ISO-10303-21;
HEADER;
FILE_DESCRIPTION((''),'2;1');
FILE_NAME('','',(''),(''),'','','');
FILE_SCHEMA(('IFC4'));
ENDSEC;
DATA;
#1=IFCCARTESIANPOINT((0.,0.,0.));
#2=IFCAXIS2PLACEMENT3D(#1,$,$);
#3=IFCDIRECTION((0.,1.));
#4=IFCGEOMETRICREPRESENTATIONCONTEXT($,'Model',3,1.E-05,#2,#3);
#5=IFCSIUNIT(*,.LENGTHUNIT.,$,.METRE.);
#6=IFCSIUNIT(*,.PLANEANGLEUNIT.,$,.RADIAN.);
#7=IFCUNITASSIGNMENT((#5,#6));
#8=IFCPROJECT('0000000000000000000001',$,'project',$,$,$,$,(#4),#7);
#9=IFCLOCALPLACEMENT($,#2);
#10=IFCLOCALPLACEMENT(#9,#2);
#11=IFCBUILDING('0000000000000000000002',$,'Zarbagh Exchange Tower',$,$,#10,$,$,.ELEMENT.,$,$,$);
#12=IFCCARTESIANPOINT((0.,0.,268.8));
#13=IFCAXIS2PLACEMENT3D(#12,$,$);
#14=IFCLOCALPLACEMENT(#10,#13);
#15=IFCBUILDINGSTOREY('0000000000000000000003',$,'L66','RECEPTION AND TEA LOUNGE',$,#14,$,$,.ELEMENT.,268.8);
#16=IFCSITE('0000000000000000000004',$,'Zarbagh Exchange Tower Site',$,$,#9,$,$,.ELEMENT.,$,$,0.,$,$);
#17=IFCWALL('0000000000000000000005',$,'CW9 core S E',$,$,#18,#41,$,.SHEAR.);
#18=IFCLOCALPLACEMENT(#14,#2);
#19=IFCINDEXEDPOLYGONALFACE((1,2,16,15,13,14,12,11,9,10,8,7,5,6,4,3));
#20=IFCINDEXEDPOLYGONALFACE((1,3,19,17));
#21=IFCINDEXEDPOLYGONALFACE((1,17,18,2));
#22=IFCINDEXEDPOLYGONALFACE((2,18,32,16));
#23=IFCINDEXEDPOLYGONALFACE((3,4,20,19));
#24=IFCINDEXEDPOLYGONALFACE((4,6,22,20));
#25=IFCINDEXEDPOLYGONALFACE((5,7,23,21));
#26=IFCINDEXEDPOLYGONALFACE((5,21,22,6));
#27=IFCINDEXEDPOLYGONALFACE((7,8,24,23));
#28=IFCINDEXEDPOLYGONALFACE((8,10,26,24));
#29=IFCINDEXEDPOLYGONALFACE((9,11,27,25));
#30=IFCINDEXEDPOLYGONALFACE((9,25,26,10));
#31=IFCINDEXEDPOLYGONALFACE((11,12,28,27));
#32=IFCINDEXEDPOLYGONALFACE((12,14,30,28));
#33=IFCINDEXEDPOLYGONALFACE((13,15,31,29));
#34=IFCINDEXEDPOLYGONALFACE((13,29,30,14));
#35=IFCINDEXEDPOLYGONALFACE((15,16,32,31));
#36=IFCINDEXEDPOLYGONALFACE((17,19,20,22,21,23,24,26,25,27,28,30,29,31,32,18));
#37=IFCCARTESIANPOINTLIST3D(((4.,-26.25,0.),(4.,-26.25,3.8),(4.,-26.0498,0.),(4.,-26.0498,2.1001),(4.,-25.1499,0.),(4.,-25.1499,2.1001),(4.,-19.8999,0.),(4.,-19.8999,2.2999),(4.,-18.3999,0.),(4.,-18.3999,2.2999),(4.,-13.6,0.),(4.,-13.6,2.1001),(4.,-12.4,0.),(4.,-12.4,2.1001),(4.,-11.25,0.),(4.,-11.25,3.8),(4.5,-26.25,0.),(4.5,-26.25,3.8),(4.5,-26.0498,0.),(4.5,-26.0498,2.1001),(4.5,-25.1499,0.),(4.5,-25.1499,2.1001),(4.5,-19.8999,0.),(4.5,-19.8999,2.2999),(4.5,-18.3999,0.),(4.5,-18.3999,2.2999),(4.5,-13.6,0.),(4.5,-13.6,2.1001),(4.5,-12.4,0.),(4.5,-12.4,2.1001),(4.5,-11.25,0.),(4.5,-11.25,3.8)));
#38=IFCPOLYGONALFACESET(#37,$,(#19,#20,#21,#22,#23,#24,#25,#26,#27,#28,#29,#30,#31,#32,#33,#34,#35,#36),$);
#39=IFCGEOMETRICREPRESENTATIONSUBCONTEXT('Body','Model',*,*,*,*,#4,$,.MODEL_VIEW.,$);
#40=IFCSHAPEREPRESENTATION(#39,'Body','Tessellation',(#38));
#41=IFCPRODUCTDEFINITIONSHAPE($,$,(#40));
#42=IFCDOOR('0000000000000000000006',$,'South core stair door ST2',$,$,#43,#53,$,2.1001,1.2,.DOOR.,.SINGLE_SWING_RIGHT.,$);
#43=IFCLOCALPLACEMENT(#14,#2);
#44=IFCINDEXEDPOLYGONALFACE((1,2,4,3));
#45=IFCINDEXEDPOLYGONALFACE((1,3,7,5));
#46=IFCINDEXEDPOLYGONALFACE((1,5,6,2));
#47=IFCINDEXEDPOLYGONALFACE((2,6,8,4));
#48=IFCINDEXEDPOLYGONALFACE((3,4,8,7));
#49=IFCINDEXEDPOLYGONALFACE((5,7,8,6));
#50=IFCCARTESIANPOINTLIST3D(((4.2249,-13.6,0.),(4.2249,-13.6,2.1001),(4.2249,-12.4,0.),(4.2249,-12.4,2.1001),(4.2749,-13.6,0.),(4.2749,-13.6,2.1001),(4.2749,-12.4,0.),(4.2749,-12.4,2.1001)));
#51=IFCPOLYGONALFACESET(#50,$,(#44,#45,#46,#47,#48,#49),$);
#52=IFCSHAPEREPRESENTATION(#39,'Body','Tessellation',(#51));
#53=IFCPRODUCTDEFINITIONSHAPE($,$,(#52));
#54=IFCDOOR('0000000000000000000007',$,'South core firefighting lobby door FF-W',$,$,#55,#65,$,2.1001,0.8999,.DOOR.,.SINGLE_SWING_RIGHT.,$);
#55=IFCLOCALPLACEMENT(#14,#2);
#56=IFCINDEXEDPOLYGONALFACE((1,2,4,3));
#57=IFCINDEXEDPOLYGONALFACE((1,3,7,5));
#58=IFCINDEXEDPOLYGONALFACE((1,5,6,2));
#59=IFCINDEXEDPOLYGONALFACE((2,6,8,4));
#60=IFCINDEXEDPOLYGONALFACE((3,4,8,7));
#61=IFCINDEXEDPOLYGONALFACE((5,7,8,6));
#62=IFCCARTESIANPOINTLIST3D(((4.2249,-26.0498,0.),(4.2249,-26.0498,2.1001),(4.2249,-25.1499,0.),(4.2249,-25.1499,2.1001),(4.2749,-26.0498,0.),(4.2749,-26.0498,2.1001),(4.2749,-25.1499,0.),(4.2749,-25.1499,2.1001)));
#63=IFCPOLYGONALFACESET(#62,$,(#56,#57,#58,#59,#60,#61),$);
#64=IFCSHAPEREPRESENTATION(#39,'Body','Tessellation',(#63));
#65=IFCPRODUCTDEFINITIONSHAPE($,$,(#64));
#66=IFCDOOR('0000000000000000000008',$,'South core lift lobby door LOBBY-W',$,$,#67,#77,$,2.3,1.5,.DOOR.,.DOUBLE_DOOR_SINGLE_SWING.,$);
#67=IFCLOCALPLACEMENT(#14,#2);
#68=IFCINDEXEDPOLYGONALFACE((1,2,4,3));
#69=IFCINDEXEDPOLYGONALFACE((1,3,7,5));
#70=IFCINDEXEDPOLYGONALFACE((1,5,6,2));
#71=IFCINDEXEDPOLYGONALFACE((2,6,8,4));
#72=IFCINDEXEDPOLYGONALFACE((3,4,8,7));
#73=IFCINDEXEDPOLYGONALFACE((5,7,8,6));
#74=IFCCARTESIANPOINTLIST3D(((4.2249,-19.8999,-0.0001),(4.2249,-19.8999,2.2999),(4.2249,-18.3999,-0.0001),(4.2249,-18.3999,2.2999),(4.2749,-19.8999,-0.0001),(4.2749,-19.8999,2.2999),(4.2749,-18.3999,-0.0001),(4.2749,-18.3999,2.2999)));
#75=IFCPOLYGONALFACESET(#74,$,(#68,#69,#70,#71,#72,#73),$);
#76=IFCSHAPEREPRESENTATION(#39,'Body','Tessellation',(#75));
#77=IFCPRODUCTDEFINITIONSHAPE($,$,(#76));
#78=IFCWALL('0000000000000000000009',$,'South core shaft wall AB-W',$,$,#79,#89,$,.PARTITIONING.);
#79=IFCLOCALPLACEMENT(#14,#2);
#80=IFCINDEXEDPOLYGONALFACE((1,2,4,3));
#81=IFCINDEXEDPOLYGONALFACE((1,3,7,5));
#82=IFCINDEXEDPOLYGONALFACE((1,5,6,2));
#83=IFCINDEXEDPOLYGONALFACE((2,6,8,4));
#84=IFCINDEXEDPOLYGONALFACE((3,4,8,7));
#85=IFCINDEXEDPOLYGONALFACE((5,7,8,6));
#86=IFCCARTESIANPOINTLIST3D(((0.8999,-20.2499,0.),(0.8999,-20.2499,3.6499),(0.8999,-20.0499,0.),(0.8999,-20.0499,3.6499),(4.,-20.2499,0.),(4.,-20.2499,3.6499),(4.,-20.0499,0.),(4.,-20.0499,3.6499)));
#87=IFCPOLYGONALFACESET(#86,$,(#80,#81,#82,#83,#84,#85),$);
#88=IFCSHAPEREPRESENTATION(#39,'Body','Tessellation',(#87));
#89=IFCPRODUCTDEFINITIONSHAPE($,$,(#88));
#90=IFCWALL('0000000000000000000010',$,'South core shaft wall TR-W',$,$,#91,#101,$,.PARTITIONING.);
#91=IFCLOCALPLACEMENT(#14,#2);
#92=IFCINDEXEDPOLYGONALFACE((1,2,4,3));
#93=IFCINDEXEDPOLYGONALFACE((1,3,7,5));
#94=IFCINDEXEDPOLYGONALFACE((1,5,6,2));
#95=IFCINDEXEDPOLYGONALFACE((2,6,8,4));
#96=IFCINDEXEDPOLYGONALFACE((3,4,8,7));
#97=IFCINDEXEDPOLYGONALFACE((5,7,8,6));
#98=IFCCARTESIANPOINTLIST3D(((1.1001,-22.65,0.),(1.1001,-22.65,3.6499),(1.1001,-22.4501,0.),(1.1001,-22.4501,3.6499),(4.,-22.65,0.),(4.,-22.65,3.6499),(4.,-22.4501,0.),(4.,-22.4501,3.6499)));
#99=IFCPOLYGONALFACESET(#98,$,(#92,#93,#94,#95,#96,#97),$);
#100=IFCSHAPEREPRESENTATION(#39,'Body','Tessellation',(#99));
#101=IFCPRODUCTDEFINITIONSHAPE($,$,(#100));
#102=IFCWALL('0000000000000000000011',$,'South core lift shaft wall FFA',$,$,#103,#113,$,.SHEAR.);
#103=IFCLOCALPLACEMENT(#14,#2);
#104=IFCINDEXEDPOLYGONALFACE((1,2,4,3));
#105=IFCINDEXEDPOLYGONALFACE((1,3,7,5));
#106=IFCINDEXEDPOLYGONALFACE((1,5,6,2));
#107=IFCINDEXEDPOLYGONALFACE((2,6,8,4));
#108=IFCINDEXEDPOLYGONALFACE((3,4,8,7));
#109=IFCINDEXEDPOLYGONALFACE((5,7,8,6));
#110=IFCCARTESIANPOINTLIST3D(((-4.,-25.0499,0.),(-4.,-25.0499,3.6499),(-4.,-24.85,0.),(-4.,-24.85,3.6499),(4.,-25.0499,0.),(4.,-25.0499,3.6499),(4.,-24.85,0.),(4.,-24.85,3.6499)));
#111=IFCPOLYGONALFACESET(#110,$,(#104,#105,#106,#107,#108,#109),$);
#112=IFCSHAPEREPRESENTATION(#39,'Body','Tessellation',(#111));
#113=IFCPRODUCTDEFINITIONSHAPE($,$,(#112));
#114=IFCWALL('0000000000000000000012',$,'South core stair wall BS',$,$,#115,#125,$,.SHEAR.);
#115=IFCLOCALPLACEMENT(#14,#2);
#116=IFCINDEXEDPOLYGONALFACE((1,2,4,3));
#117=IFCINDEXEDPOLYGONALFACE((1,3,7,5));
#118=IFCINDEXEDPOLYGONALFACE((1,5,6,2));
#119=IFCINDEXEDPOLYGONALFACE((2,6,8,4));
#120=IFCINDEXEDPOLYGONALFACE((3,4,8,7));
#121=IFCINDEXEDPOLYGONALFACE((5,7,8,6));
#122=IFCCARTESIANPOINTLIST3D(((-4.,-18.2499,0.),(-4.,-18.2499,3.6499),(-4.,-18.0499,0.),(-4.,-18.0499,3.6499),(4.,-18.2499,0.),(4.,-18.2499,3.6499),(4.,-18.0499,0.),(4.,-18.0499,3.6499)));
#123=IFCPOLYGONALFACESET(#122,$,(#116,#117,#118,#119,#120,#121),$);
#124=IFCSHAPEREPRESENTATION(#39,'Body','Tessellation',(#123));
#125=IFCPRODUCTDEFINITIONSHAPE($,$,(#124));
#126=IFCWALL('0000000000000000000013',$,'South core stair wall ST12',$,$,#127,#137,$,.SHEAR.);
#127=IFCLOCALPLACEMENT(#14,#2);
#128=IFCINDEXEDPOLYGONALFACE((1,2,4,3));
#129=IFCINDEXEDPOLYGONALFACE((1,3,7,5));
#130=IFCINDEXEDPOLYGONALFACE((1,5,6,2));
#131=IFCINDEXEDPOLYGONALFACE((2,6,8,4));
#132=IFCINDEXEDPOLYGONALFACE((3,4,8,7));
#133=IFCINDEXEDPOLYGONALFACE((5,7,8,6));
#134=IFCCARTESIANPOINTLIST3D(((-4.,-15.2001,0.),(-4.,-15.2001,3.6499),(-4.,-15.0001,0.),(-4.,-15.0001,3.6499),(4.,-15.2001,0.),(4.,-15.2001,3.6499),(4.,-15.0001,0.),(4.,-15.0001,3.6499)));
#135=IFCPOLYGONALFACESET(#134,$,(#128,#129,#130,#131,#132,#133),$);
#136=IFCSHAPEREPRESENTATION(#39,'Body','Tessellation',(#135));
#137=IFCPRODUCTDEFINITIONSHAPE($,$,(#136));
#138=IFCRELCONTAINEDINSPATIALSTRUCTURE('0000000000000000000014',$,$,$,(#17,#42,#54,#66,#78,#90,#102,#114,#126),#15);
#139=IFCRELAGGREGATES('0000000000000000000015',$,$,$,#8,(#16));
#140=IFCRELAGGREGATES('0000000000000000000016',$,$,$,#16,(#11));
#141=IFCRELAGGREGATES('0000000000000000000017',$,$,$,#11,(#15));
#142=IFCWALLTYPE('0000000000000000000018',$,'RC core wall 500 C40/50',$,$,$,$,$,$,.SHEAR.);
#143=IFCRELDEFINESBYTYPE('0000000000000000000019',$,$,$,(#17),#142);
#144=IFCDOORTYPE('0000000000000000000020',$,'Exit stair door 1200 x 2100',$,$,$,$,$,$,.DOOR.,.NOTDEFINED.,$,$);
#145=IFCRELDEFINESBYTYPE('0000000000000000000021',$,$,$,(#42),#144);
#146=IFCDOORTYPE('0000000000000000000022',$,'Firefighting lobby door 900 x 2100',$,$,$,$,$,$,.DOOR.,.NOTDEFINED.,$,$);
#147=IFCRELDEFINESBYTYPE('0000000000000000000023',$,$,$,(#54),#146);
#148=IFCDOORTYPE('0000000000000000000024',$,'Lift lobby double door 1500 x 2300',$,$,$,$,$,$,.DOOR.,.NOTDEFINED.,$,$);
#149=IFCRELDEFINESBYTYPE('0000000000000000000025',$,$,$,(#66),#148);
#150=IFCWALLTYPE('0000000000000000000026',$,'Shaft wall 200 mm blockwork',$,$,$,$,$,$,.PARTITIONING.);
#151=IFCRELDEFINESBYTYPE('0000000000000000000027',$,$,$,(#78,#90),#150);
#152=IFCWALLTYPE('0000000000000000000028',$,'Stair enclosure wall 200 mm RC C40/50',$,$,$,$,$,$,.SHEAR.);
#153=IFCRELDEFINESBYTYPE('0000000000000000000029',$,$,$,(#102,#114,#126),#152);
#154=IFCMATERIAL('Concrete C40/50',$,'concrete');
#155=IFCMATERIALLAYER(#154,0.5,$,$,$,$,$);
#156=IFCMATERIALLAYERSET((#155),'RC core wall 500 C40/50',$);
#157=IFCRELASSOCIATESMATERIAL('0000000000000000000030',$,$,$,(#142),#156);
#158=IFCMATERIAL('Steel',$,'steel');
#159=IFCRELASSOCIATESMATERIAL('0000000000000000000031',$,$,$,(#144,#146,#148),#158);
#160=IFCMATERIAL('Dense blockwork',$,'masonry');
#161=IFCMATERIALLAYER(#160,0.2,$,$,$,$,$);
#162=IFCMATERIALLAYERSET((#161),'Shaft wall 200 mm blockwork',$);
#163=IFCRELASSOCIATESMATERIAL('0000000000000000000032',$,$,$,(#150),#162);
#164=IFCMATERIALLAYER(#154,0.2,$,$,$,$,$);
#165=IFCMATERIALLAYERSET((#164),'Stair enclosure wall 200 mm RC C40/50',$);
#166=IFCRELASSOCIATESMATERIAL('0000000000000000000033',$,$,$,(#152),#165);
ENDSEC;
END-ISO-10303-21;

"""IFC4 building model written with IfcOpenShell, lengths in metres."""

from ifc_helpers import new_model, si_unit, direction, frame, frame_2d, origin, place, context, subcontext, project, spatial, rectangle, extrude, material, layer, layer_set, type_object, element, fill, save


model = new_model("IFC4")

# Units and contexts
model_context = context("Model", 3, precision=1e-05, world=origin(), true_north=direction((0.0, 1.0)))
body_context = subcontext(model_context, "Body", "Model", "MODEL_VIEW")
ifc_project = project(units=[si_unit("LENGTHUNIT", "METRE"), si_unit("PLANEANGLEUNIT", "RADIAN")], contexts=[model_context])

# Site, building, storey
site_placement = place(None, origin())
site = spatial("IfcSite", under=ifc_project, at=site_placement, Name="Zarbagh Exchange Tower Site", CompositionType="ELEMENT", RefElevation=0.0)
building_placement = place(site_placement, origin())
building = spatial("IfcBuilding", under=site, at=building_placement, Name="Zarbagh Exchange Tower", CompositionType="ELEMENT")
storey_placement = place(building_placement, frame((0.0, 0.0, 268.8)))
storey = spatial("IfcBuildingStorey", under=building, at=storey_placement, Name="L66", Description="RECEPTION AND TEA LOUNGE", CompositionType="ELEMENT", Elevation=268.8)

# Shared definitions
ifc_material_1 = material(Name="Concrete C40/50", Category="concrete")

# Wall, openings, doors
ifc_layer_1 = layer(ifc_material_1, 0.5)
ifc_layer_set_1 = layer_set([ifc_layer_1], Name="RC core wall 500 C40/50")
wall_type_1 = type_object("IfcWallType", Name="RC core wall 500 C40/50", PredefinedType="SHEAR", material=ifc_layer_set_1)
wall_1_placement = place(storey_placement, frame((4.25, -11.25, 0.0), z_axis=(0.0, 0.0, 1.0), x_axis=(0.0, -1.0, 0.0)))
wall_1 = element("IfcWall", 1, at=wall_1_placement, inside=storey, type_object=wall_type_1, Name="CW9 core S E", PredefinedType="SHEAR", context=body_context, shape_type="SweptSolid", body=[
    extrude(rectangle(XDim=15.0, YDim=0.5, at=frame_2d((7.5, 0.0))), origin(), (0.0, 0.0, 1.0), 3.8),
])
opening_1_placement = place(wall_1_placement, frame((7.1499, 0.0, 0.0)))
opening_1 = element("IfcOpeningElement", 2, at=opening_1_placement, cuts=wall_1, PredefinedType="OPENING", context=body_context, shape_type="SweptSolid", body=[
    extrude(rectangle(XDim=1.5, YDim=2.3, at=frame_2d((0.75, 1.1499))), frame((0.0, 0.26, 0.0), z_axis=(0.0, -1.0, 0.0), x_axis=(1.0, 0.0, 0.0)), (0.0, 0.0, 1.0), 0.52),
])
opening_2_placement = place(wall_1_placement, frame((13.8999, 0.0, 0.0)))
opening_2 = element("IfcOpeningElement", 3, at=opening_2_placement, cuts=wall_1, PredefinedType="OPENING", context=body_context, shape_type="SweptSolid", body=[
    extrude(rectangle(XDim=0.8999, YDim=2.1001, at=frame_2d((0.45, 1.05))), frame((0.0, 0.26, 0.0), z_axis=(0.0, -1.0, 0.0), x_axis=(1.0, 0.0, 0.0)), (0.0, 0.0, 1.0), 0.52),
])
opening_3_placement = place(wall_1_placement, frame((1.1499, 0.0, 0.0)))
opening_3 = element("IfcOpeningElement", 4, at=opening_3_placement, cuts=wall_1, PredefinedType="OPENING", context=body_context, shape_type="SweptSolid", body=[
    extrude(rectangle(XDim=1.2, YDim=2.1001, at=frame_2d((0.6001, 1.05))), frame((0.0, 0.26, 0.0), z_axis=(0.0, -1.0, 0.0), x_axis=(1.0, 0.0, 0.0)), (0.0, 0.0, 1.0), 0.52),
])
ifc_material_2 = material(Name="Steel", Category="steel")
door_type_1 = type_object("IfcDoorType", Name="Exit stair door 1200 x 2100", OperationType="NOTDEFINED", PredefinedType="DOOR", material=ifc_material_2)
door_1_placement = place(opening_3_placement, origin())
door_1 = element("IfcDoor", 5, at=door_1_placement, inside=storey, type_object=door_type_1, Name="South core stair door ST2", OperationType="SINGLE_SWING_RIGHT", OverallHeight=2.1001, OverallWidth=1.2, PredefinedType="DOOR", context=body_context, shape_type="SweptSolid", body=[
    extrude(rectangle(XDim=1.2, YDim=2.1001, at=frame_2d((0.6001, 1.05))), frame((0.0, 0.0249, 0.0), z_axis=(0.0, -1.0, 0.0), x_axis=(1.0, 0.0, 0.0)), (0.0, 0.0, 1.0), 0.05),
])
fill(opening_3, door_1)
door_type_2 = type_object("IfcDoorType", Name="Firefighting lobby door 900 x 2100", OperationType="NOTDEFINED", PredefinedType="DOOR", material=ifc_material_2)
door_2_placement = place(opening_2_placement, origin())
door_2 = element("IfcDoor", 6, at=door_2_placement, inside=storey, type_object=door_type_2, Name="South core firefighting lobby door FF-W", OperationType="SINGLE_SWING_RIGHT", OverallHeight=2.1001, OverallWidth=0.8999, PredefinedType="DOOR", context=body_context, shape_type="SweptSolid", body=[
    extrude(rectangle(XDim=0.8999, YDim=2.1001, at=frame_2d((0.45, 1.05))), frame((0.0, 0.0249, 0.0), z_axis=(0.0, -1.0, 0.0), x_axis=(1.0, 0.0, 0.0)), (0.0, 0.0, 1.0), 0.05),
])
fill(opening_2, door_2)
door_type_3 = type_object("IfcDoorType", Name="Lift lobby double door 1500 x 2300", OperationType="NOTDEFINED", PredefinedType="DOOR", material=ifc_material_2)
door_3_placement = place(opening_1_placement, origin())
door_3 = element("IfcDoor", 7, at=door_3_placement, inside=storey, type_object=door_type_3, Name="South core lift lobby door LOBBY-W", OperationType="DOUBLE_DOOR_SINGLE_SWING", OverallHeight=2.3, OverallWidth=1.5, PredefinedType="DOOR", context=body_context, shape_type="SweptSolid", body=[
    extrude(rectangle(XDim=1.5, YDim=2.3, at=frame_2d((0.75, 1.1499))), frame((0.0, 0.0249, 0.0), z_axis=(0.0, -1.0, 0.0), x_axis=(1.0, 0.0, 0.0)), (0.0, 0.0, 1.0), 0.05),
])
fill(opening_1, door_3)

# Walls
ifc_material_3 = material(Name="Dense blockwork", Category="masonry")
ifc_layer_2 = layer(ifc_material_3, 0.2)
ifc_layer_set_2 = layer_set([ifc_layer_2], Name="Shaft wall 200 mm blockwork")
wall_type_2 = type_object("IfcWallType", Name="Shaft wall 200 mm blockwork", PredefinedType="PARTITIONING", material=ifc_layer_set_2)
wall_2_placement = place(storey_placement, frame((4.0, -20.1499, 0.0), z_axis=(0.0, 0.0, 1.0), x_axis=(-1.0, 0.0, 0.0)))
element("IfcWall", 8, at=wall_2_placement, inside=storey, type_object=wall_type_2, Name="South core shaft wall AB-W", PredefinedType="PARTITIONING", context=body_context, shape_type="SweptSolid", body=[
    extrude(rectangle(XDim=3.1001, YDim=0.2, at=frame_2d((1.55, 0.0))), origin(), (0.0, 0.0, 1.0), 3.6499),
])
wall_3_placement = place(storey_placement, frame((4.0, -22.55, 0.0), z_axis=(0.0, 0.0, 1.0), x_axis=(-1.0, 0.0, 0.0)))
element("IfcWall", 9, at=wall_3_placement, inside=storey, type_object=wall_type_2, Name="South core shaft wall TR-W", PredefinedType="PARTITIONING", context=body_context, shape_type="SweptSolid", body=[
    extrude(rectangle(XDim=2.8999, YDim=0.2, at=frame_2d((1.45, 0.0))), origin(), (0.0, 0.0, 1.0), 3.6499),
])
ifc_layer_3 = layer(ifc_material_1, 0.2)
ifc_layer_set_3 = layer_set([ifc_layer_3], Name="Stair enclosure wall 200 mm RC C40/50")
wall_type_3 = type_object("IfcWallType", Name="Stair enclosure wall 200 mm RC C40/50", PredefinedType="SHEAR", material=ifc_layer_set_3)
for number, where, z_axis, x_axis, name in (
    (10, (4.0, -24.95, 0.0), (0.0, 0.0, 1.0), (-1.0, 0.0, 0.0), "South core lift shaft wall FFA"),
    (11, (4.0, -18.1499, 0.0), (0.0, 0.0, 1.0), (-1.0, 0.0, 0.0), "South core stair wall BS"),
    (12, (4.0, -15.1001, 0.0), (0.0, 0.0, 1.0), (-1.0, 0.0, 0.0), "South core stair wall ST12"),
):
    element("IfcWall", number, at=place(storey_placement, frame(where, z_axis=z_axis, x_axis=x_axis)), inside=storey, type_object=wall_type_3, Name=name, PredefinedType="SHEAR", context=body_context, shape_type="SweptSolid", body=[
        extrude(rectangle(XDim=8.0, YDim=0.2, at=frame_2d((4.0, 0.0))), origin(), (0.0, 0.0, 1.0), 3.6499),
    ])

save(model, "model.ifc")
